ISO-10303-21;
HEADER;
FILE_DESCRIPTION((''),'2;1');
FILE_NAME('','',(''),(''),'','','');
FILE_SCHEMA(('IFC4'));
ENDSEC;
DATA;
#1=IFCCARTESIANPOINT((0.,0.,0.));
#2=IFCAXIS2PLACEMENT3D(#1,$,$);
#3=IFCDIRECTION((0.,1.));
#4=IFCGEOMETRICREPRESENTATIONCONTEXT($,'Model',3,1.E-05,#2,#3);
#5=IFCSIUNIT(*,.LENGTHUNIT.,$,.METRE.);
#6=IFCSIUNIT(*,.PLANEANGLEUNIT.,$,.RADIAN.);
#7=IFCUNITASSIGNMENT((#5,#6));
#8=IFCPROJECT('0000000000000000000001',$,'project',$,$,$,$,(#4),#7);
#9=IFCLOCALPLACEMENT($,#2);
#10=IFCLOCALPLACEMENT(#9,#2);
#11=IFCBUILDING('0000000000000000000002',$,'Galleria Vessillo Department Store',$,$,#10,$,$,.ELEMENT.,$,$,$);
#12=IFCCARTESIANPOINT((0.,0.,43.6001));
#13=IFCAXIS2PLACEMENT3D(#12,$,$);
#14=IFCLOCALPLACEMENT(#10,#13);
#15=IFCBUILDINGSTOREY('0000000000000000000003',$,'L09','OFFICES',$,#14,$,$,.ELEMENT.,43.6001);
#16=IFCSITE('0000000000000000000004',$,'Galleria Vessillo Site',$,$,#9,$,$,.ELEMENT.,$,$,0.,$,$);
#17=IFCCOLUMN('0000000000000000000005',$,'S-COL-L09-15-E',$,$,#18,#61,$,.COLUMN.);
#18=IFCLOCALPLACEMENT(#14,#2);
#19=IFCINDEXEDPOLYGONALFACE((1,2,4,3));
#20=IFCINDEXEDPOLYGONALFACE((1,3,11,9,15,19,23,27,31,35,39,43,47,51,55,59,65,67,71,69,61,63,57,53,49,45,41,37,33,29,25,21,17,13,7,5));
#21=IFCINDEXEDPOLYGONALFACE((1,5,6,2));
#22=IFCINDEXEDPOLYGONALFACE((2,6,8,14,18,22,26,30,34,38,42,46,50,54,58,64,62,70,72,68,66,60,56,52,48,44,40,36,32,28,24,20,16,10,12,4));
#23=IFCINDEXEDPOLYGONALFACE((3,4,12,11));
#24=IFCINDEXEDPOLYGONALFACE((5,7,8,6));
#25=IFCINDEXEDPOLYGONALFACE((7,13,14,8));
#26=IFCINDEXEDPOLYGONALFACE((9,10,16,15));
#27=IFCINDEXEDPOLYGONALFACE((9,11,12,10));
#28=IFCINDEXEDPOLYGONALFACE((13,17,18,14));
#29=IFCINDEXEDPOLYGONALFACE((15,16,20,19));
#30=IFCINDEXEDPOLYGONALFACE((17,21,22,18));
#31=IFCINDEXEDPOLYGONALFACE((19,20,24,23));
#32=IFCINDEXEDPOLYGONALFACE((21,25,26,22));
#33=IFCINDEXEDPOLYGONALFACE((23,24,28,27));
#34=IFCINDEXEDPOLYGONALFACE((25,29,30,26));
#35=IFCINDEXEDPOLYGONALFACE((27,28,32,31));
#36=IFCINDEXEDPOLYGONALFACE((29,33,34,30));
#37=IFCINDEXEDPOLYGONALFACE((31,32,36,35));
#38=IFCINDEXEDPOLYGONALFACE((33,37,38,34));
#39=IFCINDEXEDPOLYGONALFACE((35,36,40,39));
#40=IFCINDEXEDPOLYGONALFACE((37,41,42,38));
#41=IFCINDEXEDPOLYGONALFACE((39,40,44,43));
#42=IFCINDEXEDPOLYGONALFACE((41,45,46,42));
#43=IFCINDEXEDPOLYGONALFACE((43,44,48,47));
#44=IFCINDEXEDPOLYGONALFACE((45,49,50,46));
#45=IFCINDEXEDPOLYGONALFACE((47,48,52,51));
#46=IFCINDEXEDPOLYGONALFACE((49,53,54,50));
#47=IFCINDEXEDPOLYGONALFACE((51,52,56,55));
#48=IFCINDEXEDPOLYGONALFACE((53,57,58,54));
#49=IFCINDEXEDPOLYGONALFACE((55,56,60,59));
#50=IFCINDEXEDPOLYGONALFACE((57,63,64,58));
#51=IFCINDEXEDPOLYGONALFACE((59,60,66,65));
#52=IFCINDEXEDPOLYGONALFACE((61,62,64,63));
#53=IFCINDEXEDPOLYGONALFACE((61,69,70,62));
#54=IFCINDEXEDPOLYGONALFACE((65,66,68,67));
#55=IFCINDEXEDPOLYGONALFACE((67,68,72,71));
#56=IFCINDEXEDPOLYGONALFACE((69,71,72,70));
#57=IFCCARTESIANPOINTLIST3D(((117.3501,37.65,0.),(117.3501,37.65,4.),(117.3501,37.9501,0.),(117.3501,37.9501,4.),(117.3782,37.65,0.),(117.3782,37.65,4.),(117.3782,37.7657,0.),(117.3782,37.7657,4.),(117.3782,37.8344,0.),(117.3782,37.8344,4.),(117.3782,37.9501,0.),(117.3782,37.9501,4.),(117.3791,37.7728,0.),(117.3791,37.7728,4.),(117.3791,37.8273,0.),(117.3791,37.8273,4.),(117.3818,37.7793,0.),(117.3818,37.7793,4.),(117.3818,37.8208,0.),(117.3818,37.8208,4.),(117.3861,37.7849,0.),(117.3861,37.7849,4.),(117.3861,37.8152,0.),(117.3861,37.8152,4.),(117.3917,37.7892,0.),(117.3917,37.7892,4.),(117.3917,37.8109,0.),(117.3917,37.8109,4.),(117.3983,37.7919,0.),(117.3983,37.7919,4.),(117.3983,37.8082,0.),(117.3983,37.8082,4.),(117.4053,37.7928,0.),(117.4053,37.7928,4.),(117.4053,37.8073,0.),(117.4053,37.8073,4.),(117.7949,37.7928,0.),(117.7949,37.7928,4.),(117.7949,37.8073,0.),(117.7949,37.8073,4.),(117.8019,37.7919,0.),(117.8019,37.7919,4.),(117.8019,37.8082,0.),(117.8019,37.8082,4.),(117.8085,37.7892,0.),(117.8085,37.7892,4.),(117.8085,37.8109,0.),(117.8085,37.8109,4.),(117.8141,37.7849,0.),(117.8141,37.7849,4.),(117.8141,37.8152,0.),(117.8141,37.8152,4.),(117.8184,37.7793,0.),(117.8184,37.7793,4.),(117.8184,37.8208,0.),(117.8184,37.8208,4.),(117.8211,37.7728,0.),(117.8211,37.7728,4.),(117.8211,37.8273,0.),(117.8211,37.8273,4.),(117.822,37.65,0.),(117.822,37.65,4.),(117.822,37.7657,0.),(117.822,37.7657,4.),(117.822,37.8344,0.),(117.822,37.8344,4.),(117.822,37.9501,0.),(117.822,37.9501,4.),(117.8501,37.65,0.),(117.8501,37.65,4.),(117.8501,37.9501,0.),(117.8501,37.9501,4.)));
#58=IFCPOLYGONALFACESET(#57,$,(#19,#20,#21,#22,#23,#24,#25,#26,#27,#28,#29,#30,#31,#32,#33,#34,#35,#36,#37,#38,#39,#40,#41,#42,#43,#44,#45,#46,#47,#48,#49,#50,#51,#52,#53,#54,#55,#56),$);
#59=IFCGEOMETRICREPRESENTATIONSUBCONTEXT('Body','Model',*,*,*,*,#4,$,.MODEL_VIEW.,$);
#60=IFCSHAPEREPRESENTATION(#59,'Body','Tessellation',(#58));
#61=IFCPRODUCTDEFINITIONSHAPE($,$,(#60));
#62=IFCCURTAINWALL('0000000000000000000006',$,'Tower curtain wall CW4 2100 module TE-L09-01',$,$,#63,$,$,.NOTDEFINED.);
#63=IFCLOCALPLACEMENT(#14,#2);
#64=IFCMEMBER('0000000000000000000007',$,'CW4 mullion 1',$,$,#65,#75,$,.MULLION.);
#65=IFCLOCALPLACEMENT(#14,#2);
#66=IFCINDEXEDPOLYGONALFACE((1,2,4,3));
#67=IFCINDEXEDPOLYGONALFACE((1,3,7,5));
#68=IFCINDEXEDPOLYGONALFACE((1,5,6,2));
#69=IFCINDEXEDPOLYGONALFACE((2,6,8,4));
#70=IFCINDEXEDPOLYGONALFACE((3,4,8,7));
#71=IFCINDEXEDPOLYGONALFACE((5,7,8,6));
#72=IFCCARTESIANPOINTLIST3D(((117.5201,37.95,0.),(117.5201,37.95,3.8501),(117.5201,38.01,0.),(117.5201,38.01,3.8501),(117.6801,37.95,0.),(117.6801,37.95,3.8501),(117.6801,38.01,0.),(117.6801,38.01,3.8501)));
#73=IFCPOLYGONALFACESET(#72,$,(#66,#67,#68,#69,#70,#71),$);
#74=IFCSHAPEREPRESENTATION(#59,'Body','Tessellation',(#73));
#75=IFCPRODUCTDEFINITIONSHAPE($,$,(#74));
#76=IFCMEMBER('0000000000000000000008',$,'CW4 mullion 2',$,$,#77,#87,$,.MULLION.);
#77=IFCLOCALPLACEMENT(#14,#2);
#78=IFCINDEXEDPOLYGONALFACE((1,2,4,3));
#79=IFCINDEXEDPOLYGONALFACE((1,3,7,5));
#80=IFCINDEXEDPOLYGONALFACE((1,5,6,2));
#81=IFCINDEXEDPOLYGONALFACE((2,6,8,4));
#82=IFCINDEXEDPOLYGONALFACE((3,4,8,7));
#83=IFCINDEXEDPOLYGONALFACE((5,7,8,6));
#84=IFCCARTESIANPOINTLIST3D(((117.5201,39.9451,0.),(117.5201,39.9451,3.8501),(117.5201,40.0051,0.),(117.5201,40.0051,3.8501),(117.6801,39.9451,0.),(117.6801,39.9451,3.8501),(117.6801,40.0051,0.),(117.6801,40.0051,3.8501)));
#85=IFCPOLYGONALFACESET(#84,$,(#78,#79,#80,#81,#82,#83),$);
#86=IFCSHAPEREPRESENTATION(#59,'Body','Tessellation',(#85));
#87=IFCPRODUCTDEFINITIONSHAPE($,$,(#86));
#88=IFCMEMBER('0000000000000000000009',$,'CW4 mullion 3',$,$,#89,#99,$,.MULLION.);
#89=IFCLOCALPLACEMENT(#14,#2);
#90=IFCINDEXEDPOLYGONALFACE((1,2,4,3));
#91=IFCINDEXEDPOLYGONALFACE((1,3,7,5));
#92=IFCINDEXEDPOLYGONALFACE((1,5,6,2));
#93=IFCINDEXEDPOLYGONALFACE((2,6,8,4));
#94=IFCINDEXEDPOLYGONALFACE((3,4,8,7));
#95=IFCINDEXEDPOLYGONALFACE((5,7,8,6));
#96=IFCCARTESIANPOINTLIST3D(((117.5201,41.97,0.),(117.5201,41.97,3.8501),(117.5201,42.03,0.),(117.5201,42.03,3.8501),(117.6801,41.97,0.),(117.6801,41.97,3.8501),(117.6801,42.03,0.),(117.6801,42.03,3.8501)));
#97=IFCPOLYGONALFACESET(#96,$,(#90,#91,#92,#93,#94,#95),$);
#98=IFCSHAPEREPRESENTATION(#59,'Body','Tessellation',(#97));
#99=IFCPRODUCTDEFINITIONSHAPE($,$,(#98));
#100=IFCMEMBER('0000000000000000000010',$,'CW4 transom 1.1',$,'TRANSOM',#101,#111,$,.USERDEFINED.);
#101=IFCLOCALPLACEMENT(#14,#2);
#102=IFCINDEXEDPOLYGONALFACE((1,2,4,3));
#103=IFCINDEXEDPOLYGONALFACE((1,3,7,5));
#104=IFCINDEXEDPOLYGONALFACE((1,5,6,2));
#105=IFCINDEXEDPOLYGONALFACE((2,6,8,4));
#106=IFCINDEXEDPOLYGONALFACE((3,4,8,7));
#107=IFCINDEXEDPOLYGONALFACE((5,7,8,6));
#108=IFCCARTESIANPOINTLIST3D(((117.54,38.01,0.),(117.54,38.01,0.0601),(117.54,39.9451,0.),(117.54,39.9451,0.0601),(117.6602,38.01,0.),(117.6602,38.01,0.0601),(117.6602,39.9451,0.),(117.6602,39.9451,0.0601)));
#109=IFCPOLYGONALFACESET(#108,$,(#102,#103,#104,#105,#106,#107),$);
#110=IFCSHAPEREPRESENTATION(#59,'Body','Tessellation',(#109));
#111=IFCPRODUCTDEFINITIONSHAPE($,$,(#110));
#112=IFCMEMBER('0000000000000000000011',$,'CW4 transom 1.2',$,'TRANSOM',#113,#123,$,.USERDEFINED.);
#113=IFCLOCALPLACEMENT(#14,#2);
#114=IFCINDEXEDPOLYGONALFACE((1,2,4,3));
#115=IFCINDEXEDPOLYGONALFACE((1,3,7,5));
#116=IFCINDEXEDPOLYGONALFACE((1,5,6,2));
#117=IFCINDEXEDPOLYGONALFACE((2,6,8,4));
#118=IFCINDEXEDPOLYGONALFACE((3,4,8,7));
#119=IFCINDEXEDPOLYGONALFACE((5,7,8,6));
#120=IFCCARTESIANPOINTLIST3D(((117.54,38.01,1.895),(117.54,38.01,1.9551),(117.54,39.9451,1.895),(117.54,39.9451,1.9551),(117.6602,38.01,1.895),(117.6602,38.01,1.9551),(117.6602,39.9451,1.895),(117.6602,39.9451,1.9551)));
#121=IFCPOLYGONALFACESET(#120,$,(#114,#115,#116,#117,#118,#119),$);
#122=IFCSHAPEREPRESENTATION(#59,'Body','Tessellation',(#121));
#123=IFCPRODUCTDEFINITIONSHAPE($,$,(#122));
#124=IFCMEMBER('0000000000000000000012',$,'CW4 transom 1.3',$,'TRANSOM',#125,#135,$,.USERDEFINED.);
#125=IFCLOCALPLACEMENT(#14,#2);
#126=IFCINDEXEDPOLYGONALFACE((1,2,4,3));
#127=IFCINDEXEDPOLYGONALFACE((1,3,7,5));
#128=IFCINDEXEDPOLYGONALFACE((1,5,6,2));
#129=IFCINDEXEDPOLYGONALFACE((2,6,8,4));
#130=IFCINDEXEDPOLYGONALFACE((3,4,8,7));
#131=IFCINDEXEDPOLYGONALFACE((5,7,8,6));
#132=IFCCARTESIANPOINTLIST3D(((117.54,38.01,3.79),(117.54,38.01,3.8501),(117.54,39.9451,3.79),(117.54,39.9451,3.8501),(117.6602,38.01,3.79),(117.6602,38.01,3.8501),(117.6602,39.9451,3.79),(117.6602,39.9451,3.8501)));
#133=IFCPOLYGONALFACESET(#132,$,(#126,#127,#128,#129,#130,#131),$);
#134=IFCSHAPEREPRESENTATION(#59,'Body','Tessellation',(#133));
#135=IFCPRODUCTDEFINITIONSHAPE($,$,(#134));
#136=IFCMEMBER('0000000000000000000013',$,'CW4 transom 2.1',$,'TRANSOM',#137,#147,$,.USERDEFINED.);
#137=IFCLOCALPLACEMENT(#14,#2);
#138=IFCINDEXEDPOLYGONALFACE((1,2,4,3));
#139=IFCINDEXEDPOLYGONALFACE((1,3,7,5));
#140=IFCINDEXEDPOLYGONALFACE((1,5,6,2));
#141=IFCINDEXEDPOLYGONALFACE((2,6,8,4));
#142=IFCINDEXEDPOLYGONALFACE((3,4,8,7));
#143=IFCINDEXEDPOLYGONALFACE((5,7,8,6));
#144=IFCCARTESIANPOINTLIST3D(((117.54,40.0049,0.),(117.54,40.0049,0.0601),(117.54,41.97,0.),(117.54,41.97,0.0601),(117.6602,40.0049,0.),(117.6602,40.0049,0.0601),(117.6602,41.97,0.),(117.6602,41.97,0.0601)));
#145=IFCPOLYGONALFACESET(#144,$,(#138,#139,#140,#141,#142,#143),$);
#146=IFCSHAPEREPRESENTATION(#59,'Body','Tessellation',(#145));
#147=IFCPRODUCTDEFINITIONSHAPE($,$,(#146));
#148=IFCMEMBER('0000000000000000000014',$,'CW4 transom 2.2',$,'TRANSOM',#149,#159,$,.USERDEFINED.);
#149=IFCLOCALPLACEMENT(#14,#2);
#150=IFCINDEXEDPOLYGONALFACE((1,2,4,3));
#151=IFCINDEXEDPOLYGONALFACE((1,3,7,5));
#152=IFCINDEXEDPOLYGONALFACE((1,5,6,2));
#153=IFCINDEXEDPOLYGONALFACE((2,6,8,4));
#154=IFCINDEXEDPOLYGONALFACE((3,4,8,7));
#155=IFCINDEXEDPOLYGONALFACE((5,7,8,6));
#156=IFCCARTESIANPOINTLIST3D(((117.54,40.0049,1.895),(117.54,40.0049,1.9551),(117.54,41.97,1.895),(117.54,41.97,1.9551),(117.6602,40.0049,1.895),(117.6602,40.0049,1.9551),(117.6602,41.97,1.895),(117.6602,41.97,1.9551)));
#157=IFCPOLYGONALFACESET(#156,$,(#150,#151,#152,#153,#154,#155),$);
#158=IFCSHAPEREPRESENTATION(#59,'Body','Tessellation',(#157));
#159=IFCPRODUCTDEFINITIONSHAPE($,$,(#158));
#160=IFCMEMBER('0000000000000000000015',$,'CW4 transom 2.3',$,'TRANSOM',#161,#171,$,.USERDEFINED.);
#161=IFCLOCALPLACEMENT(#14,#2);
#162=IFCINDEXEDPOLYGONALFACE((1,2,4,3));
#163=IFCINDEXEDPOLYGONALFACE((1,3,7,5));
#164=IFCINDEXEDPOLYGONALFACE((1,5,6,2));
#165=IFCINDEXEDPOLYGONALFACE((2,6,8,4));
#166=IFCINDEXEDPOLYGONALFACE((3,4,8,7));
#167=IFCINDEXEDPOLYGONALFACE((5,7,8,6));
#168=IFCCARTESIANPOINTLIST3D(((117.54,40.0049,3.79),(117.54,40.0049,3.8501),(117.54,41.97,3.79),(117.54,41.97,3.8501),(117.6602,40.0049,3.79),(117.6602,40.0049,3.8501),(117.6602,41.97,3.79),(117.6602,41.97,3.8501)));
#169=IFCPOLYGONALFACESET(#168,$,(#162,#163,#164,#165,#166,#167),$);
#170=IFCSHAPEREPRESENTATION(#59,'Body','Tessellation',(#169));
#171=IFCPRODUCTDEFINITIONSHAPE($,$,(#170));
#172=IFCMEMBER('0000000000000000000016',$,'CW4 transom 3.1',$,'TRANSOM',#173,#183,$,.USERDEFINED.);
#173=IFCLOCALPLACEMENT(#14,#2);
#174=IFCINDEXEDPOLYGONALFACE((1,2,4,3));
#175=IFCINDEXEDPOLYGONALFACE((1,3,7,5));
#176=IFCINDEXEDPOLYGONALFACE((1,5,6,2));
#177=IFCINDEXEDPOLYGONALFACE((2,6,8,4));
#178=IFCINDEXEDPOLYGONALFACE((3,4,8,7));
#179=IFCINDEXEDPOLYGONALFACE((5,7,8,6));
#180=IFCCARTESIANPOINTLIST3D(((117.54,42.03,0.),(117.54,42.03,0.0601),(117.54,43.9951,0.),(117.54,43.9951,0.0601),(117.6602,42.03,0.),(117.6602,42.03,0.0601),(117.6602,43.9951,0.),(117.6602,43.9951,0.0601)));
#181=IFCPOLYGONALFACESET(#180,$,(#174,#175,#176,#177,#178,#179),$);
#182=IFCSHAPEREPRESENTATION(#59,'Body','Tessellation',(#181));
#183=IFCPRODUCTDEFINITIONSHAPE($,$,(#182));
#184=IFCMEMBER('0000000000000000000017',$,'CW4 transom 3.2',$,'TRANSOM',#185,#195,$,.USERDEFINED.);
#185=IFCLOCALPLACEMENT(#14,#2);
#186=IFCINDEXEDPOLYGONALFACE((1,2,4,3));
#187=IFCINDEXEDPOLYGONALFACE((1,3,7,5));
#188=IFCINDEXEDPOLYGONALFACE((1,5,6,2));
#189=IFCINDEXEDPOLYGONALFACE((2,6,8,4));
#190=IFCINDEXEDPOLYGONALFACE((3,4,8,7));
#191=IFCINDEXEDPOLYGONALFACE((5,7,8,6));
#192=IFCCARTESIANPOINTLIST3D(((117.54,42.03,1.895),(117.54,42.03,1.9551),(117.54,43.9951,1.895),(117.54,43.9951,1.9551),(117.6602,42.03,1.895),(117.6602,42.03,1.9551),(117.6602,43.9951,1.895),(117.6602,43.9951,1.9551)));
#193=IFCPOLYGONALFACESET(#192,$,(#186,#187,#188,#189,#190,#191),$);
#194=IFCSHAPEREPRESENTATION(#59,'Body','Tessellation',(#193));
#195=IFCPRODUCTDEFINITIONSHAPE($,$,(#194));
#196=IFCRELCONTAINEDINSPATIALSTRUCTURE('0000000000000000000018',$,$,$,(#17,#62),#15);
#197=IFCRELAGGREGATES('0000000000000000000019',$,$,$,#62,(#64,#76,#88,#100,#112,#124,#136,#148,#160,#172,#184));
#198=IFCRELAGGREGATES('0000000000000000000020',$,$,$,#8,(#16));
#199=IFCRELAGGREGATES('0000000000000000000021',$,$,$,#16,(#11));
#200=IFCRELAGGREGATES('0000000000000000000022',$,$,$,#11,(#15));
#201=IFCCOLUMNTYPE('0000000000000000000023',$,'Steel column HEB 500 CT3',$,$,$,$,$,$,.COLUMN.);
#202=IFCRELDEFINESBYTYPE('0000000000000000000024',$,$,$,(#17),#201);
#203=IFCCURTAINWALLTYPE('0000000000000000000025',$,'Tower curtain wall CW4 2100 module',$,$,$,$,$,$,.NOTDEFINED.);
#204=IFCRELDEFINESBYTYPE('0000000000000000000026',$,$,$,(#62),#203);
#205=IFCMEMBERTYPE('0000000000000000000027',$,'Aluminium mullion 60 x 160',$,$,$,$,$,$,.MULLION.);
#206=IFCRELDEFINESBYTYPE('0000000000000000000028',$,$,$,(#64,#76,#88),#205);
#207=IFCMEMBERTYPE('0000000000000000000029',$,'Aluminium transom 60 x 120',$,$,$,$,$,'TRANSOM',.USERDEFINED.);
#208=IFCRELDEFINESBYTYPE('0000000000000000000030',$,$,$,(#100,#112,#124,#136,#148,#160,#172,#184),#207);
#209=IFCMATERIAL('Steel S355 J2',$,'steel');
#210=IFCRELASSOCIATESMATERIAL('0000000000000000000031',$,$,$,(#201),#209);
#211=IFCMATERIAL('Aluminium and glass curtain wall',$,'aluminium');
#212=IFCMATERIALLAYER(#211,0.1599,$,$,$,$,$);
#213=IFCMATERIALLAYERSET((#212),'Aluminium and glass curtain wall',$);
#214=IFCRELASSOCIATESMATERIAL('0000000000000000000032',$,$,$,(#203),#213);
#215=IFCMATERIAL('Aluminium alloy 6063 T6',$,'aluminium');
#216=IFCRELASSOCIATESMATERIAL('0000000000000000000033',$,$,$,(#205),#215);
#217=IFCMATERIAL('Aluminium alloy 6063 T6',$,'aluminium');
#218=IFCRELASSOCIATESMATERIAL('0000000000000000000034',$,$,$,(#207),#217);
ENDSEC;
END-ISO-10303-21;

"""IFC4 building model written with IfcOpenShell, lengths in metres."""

from ifc_helpers import new_model, si_unit, direction, frame, origin, origin_2d, place, context, subcontext, project, spatial, rectangle, i_section, extrude, material, layer, layer_set, material_profile, profile_set, type_object, element, aggregate, save


model = new_model("IFC4")

# Units and contexts
model_context = context("Model", 3, precision=1e-05, world=origin(), true_north=direction((0.0, 1.0)))
body_context = subcontext(model_context, "Body", "Model", "MODEL_VIEW")
ifc_project = project(units=[si_unit("LENGTHUNIT", "METRE"), si_unit("PLANEANGLEUNIT", "RADIAN")], contexts=[model_context])

# Site, building, storey
site_placement = place(None, origin())
site = spatial("IfcSite", under=ifc_project, at=site_placement, Name="Galleria Vessillo Site", CompositionType="ELEMENT", RefElevation=0.0)
building_placement = place(site_placement, origin())
building = spatial("IfcBuilding", under=site, at=building_placement, Name="Galleria Vessillo Department Store", CompositionType="ELEMENT")
storey_placement = place(building_placement, frame((0.0, 0.0, 43.6001)))
storey = spatial("IfcBuildingStorey", under=building, at=storey_placement, Name="L09", Description="OFFICES", CompositionType="ELEMENT", Elevation=43.6001)

# Column
ifc_material_1 = material(Name="Steel S355 J2", Category="steel")
ifc_material_profile_1 = material_profile(ifc_material_1, i_section(OverallWidth=0.3, OverallDepth=0.5, WebThickness=0.0144, FlangeThickness=0.0281, FilletRadius=0.0271, at=origin_2d()), Name="HEB 500")
ifc_profile_set_1 = profile_set([ifc_material_profile_1], Name="Steel S355 J2")
column_type = type_object("IfcColumnType", Name="Steel column HEB 500 CT3", PredefinedType="COLUMN", material=ifc_profile_set_1)
column_placement = place(storey_placement, frame((117.6001, 37.8, 0.0), z_axis=(0.0, 0.0, 1.0), x_axis=(0.0, 1.0, 0.0)))
element("IfcColumn", 1, at=column_placement, inside=storey, type_object=column_type, Name="S-COL-L09-15-E", PredefinedType="COLUMN", context=body_context, shape_type="SweptSolid", body=[
    extrude(i_section(OverallWidth=0.3, OverallDepth=0.5, WebThickness=0.0144, FlangeThickness=0.0281, FilletRadius=0.0271, at=origin_2d()), origin(), (0.0, 0.0, 1.0), 4.0),
])

# Curtain wall, members
ifc_material_2 = material(Name="Aluminium and glass curtain wall", Category="aluminium")
ifc_layer_1 = layer(ifc_material_2, 0.1599)
ifc_layer_set_1 = layer_set([ifc_layer_1], Name="Aluminium and glass curtain wall")
curtain_wall_type = type_object("IfcCurtainWallType", Name="Tower curtain wall CW4 2100 module", PredefinedType="NOTDEFINED", material=ifc_layer_set_1)
curtain_wall_placement = place(storey_placement, origin())
curtain_wall = element("IfcCurtainWall", 2, at=curtain_wall_placement, inside=storey, type_object=curtain_wall_type, Name="Tower curtain wall CW4 2100 module TE-L09-01", PredefinedType="NOTDEFINED")
ifc_material_3 = material(Name="Aluminium alloy 6063 T6", Category="aluminium")
ifc_material_profile_2 = material_profile(ifc_material_3, rectangle(XDim=0.1599, YDim=0.0601, at=origin_2d()), Name="AL 60x160")
ifc_profile_set_2 = profile_set([ifc_material_profile_2], Name="Aluminium alloy 6063 T6")
member_type_1 = type_object("IfcMemberType", Name="Aluminium mullion 60 x 160", PredefinedType="MULLION", material=ifc_profile_set_2)
member_1_placement = place(storey_placement, frame((117.6001, 37.98, 0.0), z_axis=(0.0, 0.0, 1.0), x_axis=(-1.0, 0.0, 0.0)))
member_1 = element("IfcMember", 3, at=member_1_placement, type_object=member_type_1, Name="CW4 mullion 1", PredefinedType="MULLION", context=body_context, shape_type="SweptSolid", body=[
    extrude(rectangle(XDim=0.1599, YDim=0.0601, at=origin_2d()), origin(), (0.0, 0.0, 1.0), 3.8501),
])
member_2_placement = place(storey_placement, frame((117.6001, 39.9751, 0.0), z_axis=(0.0, 0.0, 1.0), x_axis=(-1.0, 0.0, 0.0)))
member_2 = element("IfcMember", 4, at=member_2_placement, type_object=member_type_1, Name="CW4 mullion 2", PredefinedType="MULLION", context=body_context, shape_type="SweptSolid", body=[
    extrude(rectangle(XDim=0.1599, YDim=0.0601, at=origin_2d()), origin(), (0.0, 0.0, 1.0), 3.8501),
])
member_3_placement = place(storey_placement, frame((117.6001, 42.0, 0.0), z_axis=(0.0, 0.0, 1.0), x_axis=(-1.0, 0.0, 0.0)))
member_3 = element("IfcMember", 5, at=member_3_placement, type_object=member_type_1, Name="CW4 mullion 3", PredefinedType="MULLION", context=body_context, shape_type="SweptSolid", body=[
    extrude(rectangle(XDim=0.1599, YDim=0.0601, at=origin_2d()), origin(), (0.0, 0.0, 1.0), 3.8501),
])
ifc_material_4 = material(Name="Aluminium alloy 6063 T6", Category="aluminium")
ifc_material_profile_3 = material_profile(ifc_material_4, rectangle(XDim=0.1201, YDim=0.0601, at=origin_2d()), Name="AL 60x120")
ifc_profile_set_3 = profile_set([ifc_material_profile_3], Name="Aluminium alloy 6063 T6")
member_type_2 = type_object("IfcMemberType", Name="Aluminium transom 60 x 120", ElementType="TRANSOM", PredefinedType="USERDEFINED", material=ifc_profile_set_3)
member_4_placement = place(storey_placement, frame((117.6001, 38.01, 0.03), z_axis=(0.0, 1.0, 0.0), x_axis=(-1.0, 0.0, 0.0)))
member_4 = element("IfcMember", 6, at=member_4_placement, type_object=member_type_2, Name="CW4 transom 1.1", ObjectType="TRANSOM", PredefinedType="USERDEFINED", context=body_context, shape_type="SweptSolid", body=[
    extrude(rectangle(XDim=0.1201, YDim=0.0601, at=origin_2d()), origin(), (0.0, 0.0, 1.0), 1.9351),
])
member_5_placement = place(storey_placement, frame((117.6001, 38.01, 1.925), z_axis=(0.0, 1.0, 0.0), x_axis=(-1.0, 0.0, 0.0)))
member_5 = element("IfcMember", 7, at=member_5_placement, type_object=member_type_2, Name="CW4 transom 1.2", ObjectType="TRANSOM", PredefinedType="USERDEFINED", context=body_context, shape_type="SweptSolid", body=[
    extrude(rectangle(XDim=0.1201, YDim=0.0601, at=origin_2d()), origin(), (0.0, 0.0, 1.0), 1.9351),
])
member_6_placement = place(storey_placement, frame((117.6001, 38.01, 3.8201), z_axis=(0.0, 1.0, 0.0), x_axis=(-1.0, 0.0, 0.0)))
member_6 = element("IfcMember", 8, at=member_6_placement, type_object=member_type_2, Name="CW4 transom 1.3", ObjectType="TRANSOM", PredefinedType="USERDEFINED", context=body_context, shape_type="SweptSolid", body=[
    extrude(rectangle(XDim=0.1201, YDim=0.0601, at=origin_2d()), origin(), (0.0, 0.0, 1.0), 1.9351),
])
member_7_placement = place(storey_placement, frame((117.6001, 40.0049, 0.03), z_axis=(0.0, 1.0, 0.0), x_axis=(-1.0, 0.0, 0.0)))
member_7 = element("IfcMember", 9, at=member_7_placement, type_object=member_type_2, Name="CW4 transom 2.1", ObjectType="TRANSOM", PredefinedType="USERDEFINED", context=body_context, shape_type="SweptSolid", body=[
    extrude(rectangle(XDim=0.1201, YDim=0.0601, at=origin_2d()), origin(), (0.0, 0.0, 1.0), 1.9651),
])
member_8_placement = place(storey_placement, frame((117.6001, 40.0049, 1.925), z_axis=(0.0, 1.0, 0.0), x_axis=(-1.0, 0.0, 0.0)))
member_8 = element("IfcMember", 10, at=member_8_placement, type_object=member_type_2, Name="CW4 transom 2.2", ObjectType="TRANSOM", PredefinedType="USERDEFINED", context=body_context, shape_type="SweptSolid", body=[
    extrude(rectangle(XDim=0.1201, YDim=0.0601, at=origin_2d()), origin(), (0.0, 0.0, 1.0), 1.9651),
])
member_9_placement = place(storey_placement, frame((117.6001, 40.0049, 3.8201), z_axis=(0.0, 1.0, 0.0), x_axis=(-1.0, 0.0, 0.0)))
member_9 = element("IfcMember", 11, at=member_9_placement, type_object=member_type_2, Name="CW4 transom 2.3", ObjectType="TRANSOM", PredefinedType="USERDEFINED", context=body_context, shape_type="SweptSolid", body=[
    extrude(rectangle(XDim=0.1201, YDim=0.0601, at=origin_2d()), origin(), (0.0, 0.0, 1.0), 1.9651),
])
member_10_placement = place(storey_placement, frame((117.6001, 42.03, 0.03), z_axis=(0.0, 1.0, 0.0), x_axis=(-1.0, 0.0, 0.0)))
member_10 = element("IfcMember", 12, at=member_10_placement, type_object=member_type_2, Name="CW4 transom 3.1", ObjectType="TRANSOM", PredefinedType="USERDEFINED", context=body_context, shape_type="SweptSolid", body=[
    extrude(rectangle(XDim=0.1201, YDim=0.0601, at=origin_2d()), origin(), (0.0, 0.0, 1.0), 1.9651),
])
member_11_placement = place(storey_placement, frame((117.6001, 42.03, 1.925), z_axis=(0.0, 1.0, 0.0), x_axis=(-1.0, 0.0, 0.0)))
member_11 = element("IfcMember", 13, at=member_11_placement, type_object=member_type_2, Name="CW4 transom 3.2", ObjectType="TRANSOM", PredefinedType="USERDEFINED", context=body_context, shape_type="SweptSolid", body=[
    extrude(rectangle(XDim=0.1201, YDim=0.0601, at=origin_2d()), origin(), (0.0, 0.0, 1.0), 1.9651),
])

aggregate(curtain_wall, [member_1, member_2, member_3, member_4, member_5, member_6, member_7, member_8, member_9, member_10, member_11])

save(model, "model.ifc")
